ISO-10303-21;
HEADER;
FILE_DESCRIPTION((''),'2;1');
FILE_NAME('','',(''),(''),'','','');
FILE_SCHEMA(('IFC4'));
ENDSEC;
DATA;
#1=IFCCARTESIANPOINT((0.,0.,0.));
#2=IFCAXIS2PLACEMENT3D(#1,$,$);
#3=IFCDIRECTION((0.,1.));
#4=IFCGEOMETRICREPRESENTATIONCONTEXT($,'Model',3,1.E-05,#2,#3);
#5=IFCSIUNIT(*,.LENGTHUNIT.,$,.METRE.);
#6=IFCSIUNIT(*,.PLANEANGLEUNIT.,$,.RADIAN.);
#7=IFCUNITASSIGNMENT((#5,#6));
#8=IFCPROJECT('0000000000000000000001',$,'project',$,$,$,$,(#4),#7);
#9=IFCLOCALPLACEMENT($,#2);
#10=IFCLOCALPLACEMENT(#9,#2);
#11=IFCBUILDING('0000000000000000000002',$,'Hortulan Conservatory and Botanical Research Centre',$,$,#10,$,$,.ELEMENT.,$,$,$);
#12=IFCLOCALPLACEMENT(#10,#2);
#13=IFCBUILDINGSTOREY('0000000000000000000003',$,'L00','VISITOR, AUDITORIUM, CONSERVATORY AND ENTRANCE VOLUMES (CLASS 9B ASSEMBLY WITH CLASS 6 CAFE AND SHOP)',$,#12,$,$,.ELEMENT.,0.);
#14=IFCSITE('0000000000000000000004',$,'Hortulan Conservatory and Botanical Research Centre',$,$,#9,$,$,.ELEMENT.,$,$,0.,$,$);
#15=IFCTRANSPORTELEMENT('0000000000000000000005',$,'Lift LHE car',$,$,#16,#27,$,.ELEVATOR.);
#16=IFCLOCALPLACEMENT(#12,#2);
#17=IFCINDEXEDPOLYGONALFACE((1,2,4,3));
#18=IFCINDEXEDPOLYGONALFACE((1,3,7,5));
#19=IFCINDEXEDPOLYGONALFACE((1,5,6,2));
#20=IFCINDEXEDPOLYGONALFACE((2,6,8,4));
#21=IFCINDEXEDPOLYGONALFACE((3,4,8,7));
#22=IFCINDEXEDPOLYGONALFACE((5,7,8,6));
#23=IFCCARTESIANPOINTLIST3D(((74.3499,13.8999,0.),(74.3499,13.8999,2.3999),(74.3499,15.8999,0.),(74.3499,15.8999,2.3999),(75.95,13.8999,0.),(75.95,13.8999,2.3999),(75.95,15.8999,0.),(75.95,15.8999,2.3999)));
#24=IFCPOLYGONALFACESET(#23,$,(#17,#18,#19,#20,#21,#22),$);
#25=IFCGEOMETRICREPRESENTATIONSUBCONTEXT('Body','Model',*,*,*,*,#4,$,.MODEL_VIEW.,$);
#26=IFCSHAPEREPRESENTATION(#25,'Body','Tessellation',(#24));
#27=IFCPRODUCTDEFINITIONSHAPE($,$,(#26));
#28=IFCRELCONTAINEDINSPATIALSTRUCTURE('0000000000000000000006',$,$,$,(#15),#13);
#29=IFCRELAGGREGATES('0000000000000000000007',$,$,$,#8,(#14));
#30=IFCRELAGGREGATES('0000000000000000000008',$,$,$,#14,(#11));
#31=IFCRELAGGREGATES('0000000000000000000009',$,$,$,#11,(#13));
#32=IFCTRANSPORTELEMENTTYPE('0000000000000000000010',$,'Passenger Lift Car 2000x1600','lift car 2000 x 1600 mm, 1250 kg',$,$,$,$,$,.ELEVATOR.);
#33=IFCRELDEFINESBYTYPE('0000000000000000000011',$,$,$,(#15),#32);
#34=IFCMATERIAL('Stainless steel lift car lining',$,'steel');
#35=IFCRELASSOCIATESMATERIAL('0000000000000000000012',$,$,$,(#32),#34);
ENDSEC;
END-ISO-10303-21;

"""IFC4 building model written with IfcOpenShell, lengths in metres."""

from ifc_helpers import new_model, si_unit, direction, frame, origin, origin_2d, place, context, subcontext, project, spatial, rectangle, extrude, material, type_object, element, save


model = new_model("IFC4")

# Units and contexts
model_context = context("Model", 3, precision=1e-05, world=origin(), true_north=direction((0.0, 1.0)))
body_context = subcontext(model_context, "Body", "Model", "MODEL_VIEW")
ifc_project = project(units=[si_unit("LENGTHUNIT", "METRE"), si_unit("PLANEANGLEUNIT", "RADIAN")], contexts=[model_context])

# Site, building, storey
site_placement = place(None, origin())
site = spatial("IfcSite", under=ifc_project, at=site_placement, Name="Hortulan Conservatory and Botanical Research Centre", CompositionType="ELEMENT", RefElevation=0.0)
building_placement = place(site_placement, origin())
building = spatial("IfcBuilding", under=site, at=building_placement, Name="Hortulan Conservatory and Botanical Research Centre", CompositionType="ELEMENT")
storey_placement = place(building_placement, origin())
storey = spatial("IfcBuildingStorey", under=building, at=storey_placement, Name="L00", Description="VISITOR, AUDITORIUM, CONSERVATORY AND ENTRANCE VOLUMES (CLASS 9B ASSEMBLY WITH CLASS 6 CAFE AND SHOP)", CompositionType="ELEMENT", Elevation=0.0)

# Transport element
ifc_material_1 = material(Name="Stainless steel lift car lining", Category="steel")
transport_element_type = type_object("IfcTransportElementType", Name="Passenger Lift Car 2000x1600", Description="lift car 2000 x 1600 mm, 1250 kg", PredefinedType="ELEVATOR", material=ifc_material_1)
transport_element_placement = place(storey_placement, frame((75.1499, 14.8999, 0.0), z_axis=(0.0, 0.0, 1.0), x_axis=(1.0, 0.0, 0.0)))
element("IfcTransportElement", 1, at=transport_element_placement, inside=storey, type_object=transport_element_type, Name="Lift LHE car", PredefinedType="ELEVATOR", context=body_context, shape_type="SweptSolid", body=[
    extrude(rectangle(XDim=1.6001, YDim=2.0, at=origin_2d()), origin(), (0.0, 0.0, 1.0), 2.3999),
])

save(model, "model.ifc")
